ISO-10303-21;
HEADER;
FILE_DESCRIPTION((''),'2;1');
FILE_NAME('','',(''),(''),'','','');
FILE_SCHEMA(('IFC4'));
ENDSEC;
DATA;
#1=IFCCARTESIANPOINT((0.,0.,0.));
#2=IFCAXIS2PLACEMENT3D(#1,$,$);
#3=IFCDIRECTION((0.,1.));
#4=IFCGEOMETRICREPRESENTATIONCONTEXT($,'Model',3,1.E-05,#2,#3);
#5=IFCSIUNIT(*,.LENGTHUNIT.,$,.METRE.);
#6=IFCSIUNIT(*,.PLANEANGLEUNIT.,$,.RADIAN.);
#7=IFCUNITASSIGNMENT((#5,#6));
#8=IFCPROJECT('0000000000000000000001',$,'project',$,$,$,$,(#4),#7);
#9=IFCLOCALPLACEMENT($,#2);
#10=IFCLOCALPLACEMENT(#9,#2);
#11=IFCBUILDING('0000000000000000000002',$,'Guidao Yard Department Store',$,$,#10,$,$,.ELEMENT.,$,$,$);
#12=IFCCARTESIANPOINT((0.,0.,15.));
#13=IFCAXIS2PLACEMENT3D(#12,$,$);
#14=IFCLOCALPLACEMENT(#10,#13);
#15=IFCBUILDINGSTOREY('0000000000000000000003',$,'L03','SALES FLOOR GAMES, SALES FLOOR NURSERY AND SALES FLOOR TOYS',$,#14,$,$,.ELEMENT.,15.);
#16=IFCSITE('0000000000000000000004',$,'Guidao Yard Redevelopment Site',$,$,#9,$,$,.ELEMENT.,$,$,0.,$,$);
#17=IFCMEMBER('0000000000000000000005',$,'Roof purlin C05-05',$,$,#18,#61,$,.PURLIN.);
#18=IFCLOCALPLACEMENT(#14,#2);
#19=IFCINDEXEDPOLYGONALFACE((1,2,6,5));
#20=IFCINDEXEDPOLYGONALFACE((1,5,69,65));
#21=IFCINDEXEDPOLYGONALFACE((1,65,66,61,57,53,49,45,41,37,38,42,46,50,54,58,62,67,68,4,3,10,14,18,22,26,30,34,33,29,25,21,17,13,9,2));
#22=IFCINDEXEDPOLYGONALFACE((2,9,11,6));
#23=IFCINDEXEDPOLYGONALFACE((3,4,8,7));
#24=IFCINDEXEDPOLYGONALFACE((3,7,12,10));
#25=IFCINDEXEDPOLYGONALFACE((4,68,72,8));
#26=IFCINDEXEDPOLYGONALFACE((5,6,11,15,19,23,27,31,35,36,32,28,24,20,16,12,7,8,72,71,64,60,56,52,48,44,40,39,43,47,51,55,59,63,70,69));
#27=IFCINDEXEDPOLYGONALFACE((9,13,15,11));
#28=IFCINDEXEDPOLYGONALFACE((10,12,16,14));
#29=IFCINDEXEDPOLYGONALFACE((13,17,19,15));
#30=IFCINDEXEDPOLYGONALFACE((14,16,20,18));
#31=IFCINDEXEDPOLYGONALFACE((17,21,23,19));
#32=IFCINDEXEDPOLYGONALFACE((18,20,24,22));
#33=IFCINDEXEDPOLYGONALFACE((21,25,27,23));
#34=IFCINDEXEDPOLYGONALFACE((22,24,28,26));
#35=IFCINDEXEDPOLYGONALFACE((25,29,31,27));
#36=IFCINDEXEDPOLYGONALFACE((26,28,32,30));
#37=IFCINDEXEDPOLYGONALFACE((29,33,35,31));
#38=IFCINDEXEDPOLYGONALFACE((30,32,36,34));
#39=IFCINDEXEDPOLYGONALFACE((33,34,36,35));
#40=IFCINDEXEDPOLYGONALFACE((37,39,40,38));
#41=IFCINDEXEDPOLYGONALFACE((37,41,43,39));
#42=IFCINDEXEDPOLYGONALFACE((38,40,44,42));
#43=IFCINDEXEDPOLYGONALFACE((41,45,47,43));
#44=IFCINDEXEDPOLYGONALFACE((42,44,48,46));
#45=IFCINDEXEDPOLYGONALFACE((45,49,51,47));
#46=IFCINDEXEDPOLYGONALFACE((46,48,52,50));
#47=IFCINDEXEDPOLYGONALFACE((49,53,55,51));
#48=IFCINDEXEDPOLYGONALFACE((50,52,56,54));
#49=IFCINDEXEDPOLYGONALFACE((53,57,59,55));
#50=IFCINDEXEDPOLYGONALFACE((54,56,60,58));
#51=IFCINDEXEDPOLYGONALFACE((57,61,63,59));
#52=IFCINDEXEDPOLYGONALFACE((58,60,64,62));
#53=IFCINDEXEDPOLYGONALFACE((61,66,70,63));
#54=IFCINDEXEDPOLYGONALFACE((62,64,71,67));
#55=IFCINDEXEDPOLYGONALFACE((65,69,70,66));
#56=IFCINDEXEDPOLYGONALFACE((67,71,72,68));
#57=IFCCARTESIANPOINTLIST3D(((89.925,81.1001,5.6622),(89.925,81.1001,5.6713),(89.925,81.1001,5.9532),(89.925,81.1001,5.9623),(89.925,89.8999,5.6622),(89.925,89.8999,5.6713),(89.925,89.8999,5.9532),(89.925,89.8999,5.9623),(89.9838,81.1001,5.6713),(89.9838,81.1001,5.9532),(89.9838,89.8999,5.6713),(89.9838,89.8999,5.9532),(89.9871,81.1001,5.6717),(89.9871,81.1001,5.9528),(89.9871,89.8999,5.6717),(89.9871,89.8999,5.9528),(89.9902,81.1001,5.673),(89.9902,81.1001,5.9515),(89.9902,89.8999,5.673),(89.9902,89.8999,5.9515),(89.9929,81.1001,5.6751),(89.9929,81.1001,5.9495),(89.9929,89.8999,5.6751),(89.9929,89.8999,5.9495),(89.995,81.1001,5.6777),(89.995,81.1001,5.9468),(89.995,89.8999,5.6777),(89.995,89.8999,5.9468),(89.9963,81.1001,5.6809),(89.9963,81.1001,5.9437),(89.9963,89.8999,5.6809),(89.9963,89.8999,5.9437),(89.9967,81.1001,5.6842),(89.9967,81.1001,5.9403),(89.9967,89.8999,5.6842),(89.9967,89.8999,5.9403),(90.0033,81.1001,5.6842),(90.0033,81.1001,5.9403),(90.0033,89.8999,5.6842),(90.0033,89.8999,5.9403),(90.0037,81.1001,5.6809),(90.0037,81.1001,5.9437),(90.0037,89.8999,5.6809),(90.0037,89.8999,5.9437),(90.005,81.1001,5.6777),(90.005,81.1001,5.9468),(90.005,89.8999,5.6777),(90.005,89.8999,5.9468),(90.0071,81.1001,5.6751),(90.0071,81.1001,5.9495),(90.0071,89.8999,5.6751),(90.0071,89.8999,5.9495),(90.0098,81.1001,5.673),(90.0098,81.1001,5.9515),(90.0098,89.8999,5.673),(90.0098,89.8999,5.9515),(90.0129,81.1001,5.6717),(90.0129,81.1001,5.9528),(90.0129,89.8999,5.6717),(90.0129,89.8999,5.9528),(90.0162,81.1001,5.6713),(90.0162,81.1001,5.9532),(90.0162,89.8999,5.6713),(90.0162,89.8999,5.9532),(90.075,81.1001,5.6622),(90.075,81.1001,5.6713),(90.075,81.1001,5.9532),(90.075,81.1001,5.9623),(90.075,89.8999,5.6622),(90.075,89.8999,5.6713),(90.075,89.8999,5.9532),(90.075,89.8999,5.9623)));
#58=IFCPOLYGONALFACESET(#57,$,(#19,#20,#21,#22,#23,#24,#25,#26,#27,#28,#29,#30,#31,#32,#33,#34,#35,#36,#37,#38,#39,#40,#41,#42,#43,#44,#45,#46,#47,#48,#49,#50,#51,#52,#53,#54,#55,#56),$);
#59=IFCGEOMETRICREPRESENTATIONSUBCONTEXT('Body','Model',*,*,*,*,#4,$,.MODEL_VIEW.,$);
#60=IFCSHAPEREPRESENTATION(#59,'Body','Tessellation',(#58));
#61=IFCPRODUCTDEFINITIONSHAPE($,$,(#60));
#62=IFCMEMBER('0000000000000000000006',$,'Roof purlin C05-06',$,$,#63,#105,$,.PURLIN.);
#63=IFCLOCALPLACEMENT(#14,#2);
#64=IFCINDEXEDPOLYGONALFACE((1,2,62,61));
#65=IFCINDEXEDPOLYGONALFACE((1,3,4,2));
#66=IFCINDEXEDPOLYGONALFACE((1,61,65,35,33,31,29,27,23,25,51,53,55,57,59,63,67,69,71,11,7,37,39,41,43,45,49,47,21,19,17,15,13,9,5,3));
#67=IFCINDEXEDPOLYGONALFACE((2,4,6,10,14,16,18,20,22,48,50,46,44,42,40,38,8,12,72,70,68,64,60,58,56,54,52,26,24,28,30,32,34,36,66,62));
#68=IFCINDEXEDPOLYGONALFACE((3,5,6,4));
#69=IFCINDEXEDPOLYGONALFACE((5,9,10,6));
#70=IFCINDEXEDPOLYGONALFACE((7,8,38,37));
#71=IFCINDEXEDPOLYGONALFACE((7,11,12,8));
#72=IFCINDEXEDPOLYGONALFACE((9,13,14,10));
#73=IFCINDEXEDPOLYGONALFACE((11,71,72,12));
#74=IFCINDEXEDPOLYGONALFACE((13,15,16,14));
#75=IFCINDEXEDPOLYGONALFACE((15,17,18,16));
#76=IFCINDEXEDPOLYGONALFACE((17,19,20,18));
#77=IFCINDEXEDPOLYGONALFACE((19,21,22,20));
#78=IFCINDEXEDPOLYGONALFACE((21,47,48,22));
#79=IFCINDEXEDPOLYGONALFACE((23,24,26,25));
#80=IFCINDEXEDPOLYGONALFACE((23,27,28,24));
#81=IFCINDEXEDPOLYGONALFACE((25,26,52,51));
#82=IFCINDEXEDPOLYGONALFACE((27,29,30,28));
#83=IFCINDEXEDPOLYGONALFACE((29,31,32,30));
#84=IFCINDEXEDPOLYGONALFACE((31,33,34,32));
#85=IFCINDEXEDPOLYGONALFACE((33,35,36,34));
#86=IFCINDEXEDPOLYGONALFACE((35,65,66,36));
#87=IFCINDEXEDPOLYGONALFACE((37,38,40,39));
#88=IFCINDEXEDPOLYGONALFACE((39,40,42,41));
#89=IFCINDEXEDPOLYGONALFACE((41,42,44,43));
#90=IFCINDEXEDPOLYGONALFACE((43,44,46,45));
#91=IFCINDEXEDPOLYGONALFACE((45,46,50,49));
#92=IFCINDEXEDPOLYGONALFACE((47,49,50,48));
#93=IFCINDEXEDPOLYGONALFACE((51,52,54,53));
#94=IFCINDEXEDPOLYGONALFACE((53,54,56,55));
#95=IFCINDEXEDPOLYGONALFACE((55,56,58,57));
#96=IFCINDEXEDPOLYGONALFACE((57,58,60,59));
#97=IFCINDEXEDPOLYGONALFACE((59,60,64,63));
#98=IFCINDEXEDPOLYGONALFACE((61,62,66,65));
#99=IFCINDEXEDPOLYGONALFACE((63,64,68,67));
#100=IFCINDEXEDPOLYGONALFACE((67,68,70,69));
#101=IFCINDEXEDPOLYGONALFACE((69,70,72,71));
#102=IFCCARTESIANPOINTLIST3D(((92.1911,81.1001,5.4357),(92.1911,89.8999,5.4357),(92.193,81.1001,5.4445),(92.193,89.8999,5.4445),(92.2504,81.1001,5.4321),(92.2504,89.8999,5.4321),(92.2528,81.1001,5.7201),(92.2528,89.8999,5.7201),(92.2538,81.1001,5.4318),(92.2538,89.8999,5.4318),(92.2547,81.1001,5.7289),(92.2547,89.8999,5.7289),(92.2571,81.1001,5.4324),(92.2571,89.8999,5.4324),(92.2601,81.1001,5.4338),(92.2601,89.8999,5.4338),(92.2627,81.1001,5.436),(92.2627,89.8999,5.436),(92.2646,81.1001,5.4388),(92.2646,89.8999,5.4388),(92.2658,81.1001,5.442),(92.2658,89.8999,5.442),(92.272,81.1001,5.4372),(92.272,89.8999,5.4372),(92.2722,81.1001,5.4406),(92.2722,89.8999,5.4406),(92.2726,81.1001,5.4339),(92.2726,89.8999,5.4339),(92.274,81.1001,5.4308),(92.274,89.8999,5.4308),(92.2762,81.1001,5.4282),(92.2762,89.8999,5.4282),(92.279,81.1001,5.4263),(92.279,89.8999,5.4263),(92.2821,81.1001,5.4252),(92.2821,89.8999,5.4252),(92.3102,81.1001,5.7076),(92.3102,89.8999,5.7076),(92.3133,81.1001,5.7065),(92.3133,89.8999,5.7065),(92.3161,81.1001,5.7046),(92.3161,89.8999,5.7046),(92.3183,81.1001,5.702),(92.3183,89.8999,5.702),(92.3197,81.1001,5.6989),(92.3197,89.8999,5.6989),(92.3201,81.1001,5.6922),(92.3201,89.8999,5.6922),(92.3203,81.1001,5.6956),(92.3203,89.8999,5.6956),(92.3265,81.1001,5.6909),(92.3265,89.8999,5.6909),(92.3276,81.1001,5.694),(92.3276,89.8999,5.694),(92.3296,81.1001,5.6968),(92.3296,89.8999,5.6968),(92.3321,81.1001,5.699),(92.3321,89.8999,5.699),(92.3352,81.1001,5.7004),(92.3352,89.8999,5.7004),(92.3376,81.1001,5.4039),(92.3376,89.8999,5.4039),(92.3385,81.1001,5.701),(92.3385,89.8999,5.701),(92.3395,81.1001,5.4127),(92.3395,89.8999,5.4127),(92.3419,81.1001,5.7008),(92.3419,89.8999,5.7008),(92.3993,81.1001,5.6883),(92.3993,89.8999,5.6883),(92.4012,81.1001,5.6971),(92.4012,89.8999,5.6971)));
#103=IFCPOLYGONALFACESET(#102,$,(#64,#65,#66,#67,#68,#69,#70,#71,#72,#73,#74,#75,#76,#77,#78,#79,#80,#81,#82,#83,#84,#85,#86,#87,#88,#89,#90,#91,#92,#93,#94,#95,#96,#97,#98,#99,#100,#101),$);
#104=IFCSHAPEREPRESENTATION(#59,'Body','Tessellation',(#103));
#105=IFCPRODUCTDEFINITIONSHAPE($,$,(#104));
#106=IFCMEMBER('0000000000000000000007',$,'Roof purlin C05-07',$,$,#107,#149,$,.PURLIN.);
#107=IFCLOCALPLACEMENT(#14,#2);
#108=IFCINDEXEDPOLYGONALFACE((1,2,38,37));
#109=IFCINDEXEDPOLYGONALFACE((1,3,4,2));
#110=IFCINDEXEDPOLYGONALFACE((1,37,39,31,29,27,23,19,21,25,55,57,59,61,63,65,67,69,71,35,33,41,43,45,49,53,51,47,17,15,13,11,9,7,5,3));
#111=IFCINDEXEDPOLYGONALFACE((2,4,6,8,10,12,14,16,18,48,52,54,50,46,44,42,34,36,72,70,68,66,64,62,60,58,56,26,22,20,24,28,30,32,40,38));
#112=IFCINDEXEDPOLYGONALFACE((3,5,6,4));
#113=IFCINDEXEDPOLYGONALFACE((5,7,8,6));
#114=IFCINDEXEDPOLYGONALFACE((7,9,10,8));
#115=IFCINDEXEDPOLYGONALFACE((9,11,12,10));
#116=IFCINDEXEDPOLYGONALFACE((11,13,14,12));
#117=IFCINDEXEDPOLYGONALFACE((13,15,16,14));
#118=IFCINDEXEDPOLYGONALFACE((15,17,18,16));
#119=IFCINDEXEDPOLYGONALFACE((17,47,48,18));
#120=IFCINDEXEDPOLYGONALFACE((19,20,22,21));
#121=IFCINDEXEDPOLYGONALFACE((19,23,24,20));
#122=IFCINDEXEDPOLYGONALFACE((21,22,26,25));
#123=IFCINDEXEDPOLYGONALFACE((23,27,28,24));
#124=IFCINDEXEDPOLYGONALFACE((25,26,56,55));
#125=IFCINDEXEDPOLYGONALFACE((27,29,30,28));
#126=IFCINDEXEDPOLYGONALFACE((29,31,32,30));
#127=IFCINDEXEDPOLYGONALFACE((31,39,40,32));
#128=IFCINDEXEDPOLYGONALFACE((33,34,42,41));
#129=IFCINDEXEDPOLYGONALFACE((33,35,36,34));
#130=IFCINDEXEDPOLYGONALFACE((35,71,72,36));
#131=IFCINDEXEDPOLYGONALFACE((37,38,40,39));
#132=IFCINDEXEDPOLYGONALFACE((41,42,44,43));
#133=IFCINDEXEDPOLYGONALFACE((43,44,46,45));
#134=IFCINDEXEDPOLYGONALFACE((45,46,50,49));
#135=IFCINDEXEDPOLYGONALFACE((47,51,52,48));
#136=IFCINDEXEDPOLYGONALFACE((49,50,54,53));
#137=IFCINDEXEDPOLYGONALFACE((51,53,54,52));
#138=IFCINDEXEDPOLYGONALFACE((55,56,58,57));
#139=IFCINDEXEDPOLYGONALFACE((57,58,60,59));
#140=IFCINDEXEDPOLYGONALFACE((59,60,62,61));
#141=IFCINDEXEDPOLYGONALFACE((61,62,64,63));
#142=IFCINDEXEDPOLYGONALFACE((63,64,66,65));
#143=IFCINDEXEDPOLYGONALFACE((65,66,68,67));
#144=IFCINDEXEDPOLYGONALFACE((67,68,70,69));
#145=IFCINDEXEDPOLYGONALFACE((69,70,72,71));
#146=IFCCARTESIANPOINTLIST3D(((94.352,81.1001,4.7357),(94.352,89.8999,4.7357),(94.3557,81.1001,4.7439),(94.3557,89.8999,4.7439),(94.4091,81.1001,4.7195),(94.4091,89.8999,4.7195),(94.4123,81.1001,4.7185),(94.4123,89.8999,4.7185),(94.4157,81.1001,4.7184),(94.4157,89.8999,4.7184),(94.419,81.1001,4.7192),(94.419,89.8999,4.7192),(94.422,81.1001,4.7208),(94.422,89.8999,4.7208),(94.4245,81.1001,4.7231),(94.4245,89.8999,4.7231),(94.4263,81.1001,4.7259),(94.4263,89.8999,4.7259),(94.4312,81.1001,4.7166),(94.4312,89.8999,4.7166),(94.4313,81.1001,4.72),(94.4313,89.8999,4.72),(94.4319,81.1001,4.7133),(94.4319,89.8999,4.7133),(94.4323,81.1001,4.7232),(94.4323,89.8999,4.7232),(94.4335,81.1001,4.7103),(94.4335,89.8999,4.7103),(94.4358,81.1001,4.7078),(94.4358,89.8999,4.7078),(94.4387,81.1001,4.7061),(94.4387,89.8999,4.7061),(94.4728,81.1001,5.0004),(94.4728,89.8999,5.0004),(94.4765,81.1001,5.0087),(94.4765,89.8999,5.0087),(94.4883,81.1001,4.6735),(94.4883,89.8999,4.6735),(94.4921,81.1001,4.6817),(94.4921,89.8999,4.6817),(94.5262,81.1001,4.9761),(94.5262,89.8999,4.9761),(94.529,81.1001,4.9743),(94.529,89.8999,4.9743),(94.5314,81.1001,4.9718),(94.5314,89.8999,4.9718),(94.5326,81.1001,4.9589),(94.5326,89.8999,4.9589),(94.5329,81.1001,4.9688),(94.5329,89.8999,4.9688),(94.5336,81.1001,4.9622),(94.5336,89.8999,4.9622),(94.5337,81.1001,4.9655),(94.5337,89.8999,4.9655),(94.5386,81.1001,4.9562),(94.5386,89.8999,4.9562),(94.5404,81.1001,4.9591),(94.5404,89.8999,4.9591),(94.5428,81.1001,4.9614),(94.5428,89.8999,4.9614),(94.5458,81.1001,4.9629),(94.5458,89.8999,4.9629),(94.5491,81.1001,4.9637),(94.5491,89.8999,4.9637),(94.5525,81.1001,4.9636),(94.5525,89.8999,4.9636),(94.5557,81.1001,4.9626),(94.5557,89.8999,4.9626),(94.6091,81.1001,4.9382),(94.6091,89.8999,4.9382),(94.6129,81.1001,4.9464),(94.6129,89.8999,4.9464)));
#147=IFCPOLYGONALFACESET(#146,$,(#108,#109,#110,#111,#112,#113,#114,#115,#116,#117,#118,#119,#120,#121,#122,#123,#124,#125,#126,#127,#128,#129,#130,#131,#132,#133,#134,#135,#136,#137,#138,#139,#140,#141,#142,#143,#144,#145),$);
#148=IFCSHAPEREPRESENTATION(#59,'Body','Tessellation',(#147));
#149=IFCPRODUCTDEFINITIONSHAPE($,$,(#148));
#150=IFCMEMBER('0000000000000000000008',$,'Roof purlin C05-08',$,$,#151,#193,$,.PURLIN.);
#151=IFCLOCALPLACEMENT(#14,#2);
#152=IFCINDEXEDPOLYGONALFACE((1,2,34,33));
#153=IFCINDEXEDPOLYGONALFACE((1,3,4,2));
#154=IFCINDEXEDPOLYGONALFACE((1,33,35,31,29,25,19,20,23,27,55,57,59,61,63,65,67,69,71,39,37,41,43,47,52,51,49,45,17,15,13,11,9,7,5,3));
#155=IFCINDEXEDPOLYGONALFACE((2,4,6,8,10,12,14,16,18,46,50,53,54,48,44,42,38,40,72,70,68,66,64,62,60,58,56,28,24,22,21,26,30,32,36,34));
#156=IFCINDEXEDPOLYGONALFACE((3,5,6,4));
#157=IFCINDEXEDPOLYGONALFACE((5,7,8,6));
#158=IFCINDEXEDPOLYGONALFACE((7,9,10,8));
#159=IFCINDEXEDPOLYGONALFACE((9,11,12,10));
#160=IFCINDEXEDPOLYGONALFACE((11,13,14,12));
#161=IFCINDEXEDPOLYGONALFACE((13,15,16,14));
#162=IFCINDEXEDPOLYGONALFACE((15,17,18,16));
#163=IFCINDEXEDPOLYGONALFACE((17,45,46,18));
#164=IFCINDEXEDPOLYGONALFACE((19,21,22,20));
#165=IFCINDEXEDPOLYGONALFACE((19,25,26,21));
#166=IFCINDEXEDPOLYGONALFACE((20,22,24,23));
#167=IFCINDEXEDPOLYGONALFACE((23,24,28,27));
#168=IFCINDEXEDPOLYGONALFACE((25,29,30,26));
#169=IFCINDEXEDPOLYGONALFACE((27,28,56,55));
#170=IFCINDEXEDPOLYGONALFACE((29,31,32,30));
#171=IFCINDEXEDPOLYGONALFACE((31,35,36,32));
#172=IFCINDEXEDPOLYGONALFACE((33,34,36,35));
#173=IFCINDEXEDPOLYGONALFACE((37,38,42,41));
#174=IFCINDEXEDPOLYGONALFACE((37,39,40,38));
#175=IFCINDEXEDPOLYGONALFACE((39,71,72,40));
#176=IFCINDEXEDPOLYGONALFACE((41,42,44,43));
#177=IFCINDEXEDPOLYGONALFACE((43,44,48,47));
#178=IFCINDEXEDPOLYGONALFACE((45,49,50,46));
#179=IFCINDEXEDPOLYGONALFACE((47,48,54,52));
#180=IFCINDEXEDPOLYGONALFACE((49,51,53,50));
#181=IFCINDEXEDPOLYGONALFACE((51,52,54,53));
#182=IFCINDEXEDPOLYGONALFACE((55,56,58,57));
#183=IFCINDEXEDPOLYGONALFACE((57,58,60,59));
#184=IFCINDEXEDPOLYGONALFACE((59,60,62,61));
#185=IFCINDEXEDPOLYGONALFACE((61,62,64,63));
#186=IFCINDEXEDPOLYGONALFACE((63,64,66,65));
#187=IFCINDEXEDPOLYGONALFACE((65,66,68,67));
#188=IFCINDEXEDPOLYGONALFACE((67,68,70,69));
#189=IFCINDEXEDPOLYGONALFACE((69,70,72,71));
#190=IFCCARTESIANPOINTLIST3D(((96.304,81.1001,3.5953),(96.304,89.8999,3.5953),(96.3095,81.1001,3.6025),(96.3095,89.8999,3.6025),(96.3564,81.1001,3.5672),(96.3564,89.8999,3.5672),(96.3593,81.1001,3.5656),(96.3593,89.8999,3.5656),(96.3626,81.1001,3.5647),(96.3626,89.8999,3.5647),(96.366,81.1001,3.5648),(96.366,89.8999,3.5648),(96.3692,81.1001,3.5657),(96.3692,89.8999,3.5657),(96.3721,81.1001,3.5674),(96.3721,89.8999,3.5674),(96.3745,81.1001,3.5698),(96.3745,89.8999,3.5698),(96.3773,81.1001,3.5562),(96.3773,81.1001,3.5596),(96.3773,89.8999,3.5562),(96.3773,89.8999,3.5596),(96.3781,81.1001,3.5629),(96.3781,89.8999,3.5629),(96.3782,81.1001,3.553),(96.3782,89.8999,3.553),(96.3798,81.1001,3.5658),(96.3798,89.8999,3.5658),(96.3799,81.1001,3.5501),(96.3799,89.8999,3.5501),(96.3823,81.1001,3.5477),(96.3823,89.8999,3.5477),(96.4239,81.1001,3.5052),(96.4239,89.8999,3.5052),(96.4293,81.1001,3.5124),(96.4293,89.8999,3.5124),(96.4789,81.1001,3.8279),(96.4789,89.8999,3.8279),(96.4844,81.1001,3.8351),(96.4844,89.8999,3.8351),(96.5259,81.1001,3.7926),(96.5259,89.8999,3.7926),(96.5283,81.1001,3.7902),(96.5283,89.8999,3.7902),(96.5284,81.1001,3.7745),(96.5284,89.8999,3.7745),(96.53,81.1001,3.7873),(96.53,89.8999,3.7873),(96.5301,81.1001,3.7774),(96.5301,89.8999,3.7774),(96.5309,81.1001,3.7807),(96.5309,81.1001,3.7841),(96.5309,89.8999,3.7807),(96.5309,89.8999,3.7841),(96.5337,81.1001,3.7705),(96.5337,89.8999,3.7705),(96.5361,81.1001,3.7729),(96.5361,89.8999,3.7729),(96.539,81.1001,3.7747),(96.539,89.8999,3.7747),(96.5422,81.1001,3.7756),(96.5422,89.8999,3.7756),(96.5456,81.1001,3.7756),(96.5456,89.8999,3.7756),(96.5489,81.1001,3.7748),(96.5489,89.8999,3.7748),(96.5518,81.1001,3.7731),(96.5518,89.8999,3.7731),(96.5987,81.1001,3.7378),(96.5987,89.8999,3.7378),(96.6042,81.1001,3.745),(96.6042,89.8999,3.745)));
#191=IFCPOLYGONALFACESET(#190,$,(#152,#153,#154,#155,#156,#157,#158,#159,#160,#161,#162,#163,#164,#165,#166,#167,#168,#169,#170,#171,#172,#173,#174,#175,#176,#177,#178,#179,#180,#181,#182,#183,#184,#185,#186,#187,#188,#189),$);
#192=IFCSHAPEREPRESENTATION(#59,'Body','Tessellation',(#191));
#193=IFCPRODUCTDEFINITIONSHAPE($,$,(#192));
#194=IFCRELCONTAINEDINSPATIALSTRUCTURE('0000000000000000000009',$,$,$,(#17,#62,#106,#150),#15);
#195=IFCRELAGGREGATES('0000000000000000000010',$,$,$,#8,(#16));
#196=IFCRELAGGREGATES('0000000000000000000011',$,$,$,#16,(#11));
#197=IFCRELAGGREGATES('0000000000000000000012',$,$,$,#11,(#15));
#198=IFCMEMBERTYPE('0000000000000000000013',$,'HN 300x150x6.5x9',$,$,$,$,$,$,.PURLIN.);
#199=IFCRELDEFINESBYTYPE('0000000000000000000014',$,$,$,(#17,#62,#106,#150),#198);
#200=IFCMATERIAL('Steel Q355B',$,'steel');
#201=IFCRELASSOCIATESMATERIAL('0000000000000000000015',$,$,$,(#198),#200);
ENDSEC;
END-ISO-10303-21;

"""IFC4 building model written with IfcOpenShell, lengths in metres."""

from ifc_helpers import new_model, si_unit, direction, frame, origin, origin_2d, place, context, subcontext, project, spatial, i_section, extrude, material, material_profile, profile_set, type_object, element, save


model = new_model("IFC4")

# Units and contexts
model_context = context("Model", 3, precision=1e-05, world=origin(), true_north=direction((0.0, 1.0)))
body_context = subcontext(model_context, "Body", "Model", "MODEL_VIEW")
ifc_project = project(units=[si_unit("LENGTHUNIT", "METRE"), si_unit("PLANEANGLEUNIT", "RADIAN")], contexts=[model_context])

# Site, building, storey
site_placement = place(None, origin())
site = spatial("IfcSite", under=ifc_project, at=site_placement, Name="Guidao Yard Redevelopment Site", CompositionType="ELEMENT", RefElevation=0.0)
building_placement = place(site_placement, origin())
building = spatial("IfcBuilding", under=site, at=building_placement, Name="Guidao Yard Department Store", CompositionType="ELEMENT")
storey_placement = place(building_placement, frame((0.0, 0.0, 15.0)))
storey = spatial("IfcBuildingStorey", under=building, at=storey_placement, Name="L03", Description="SALES FLOOR GAMES, SALES FLOOR NURSERY AND SALES FLOOR TOYS", CompositionType="ELEMENT", Elevation=15.0)

# Members
ifc_material_1 = material(Name="Steel Q355B", Category="steel")
ifc_material_profile_1 = material_profile(ifc_material_1, i_section(OverallWidth=0.1499, OverallDepth=0.3, WebThickness=0.0066, FlangeThickness=0.009, FilletRadius=0.0129, at=origin_2d()), Name="HN 300x150x6.5x9")
ifc_profile_set_1 = profile_set([ifc_material_profile_1], Name="Steel Q355B")
member_type_1 = type_object("IfcMemberType", Name="HN 300x150x6.5x9", PredefinedType="PURLIN", material=ifc_profile_set_1)
for number, where, z_axis, x_axis, name in (
    (1, (90.0, 81.1001, 5.8123), (0.0, 1.0, 0.0), (-1.0, 0.0, 0.0), "Roof purlin C05-05"),
    (2, (92.2961, 81.1001, 5.5664), (0.0, 1.0, 0.0), (-0.977292, 0.0, 0.211897), "Roof purlin C05-06"),
    (3, (94.4824, 81.1001, 4.8411), (0.0, 1.0, 0.0), (-0.909751, 0.0, 0.415155), "Roof purlin C05-07"),
    (4, (96.4541, 81.1001, 3.6702), (0.0, 1.0, 0.0), (-0.799284, 0.0, 0.600954), "Roof purlin C05-08"),
):
    element("IfcMember", number, at=place(storey_placement, frame(where, z_axis=z_axis, x_axis=x_axis)), inside=storey, type_object=member_type_1, Name=name, PredefinedType="PURLIN", context=body_context, shape_type="SweptSolid", body=[
        extrude(i_section(OverallWidth=0.1499, OverallDepth=0.3, WebThickness=0.0066, FlangeThickness=0.009, FilletRadius=0.0129, at=origin_2d()), origin(), (0.0, 0.0, 1.0), 8.7998),
    ])

save(model, "model.ifc")
